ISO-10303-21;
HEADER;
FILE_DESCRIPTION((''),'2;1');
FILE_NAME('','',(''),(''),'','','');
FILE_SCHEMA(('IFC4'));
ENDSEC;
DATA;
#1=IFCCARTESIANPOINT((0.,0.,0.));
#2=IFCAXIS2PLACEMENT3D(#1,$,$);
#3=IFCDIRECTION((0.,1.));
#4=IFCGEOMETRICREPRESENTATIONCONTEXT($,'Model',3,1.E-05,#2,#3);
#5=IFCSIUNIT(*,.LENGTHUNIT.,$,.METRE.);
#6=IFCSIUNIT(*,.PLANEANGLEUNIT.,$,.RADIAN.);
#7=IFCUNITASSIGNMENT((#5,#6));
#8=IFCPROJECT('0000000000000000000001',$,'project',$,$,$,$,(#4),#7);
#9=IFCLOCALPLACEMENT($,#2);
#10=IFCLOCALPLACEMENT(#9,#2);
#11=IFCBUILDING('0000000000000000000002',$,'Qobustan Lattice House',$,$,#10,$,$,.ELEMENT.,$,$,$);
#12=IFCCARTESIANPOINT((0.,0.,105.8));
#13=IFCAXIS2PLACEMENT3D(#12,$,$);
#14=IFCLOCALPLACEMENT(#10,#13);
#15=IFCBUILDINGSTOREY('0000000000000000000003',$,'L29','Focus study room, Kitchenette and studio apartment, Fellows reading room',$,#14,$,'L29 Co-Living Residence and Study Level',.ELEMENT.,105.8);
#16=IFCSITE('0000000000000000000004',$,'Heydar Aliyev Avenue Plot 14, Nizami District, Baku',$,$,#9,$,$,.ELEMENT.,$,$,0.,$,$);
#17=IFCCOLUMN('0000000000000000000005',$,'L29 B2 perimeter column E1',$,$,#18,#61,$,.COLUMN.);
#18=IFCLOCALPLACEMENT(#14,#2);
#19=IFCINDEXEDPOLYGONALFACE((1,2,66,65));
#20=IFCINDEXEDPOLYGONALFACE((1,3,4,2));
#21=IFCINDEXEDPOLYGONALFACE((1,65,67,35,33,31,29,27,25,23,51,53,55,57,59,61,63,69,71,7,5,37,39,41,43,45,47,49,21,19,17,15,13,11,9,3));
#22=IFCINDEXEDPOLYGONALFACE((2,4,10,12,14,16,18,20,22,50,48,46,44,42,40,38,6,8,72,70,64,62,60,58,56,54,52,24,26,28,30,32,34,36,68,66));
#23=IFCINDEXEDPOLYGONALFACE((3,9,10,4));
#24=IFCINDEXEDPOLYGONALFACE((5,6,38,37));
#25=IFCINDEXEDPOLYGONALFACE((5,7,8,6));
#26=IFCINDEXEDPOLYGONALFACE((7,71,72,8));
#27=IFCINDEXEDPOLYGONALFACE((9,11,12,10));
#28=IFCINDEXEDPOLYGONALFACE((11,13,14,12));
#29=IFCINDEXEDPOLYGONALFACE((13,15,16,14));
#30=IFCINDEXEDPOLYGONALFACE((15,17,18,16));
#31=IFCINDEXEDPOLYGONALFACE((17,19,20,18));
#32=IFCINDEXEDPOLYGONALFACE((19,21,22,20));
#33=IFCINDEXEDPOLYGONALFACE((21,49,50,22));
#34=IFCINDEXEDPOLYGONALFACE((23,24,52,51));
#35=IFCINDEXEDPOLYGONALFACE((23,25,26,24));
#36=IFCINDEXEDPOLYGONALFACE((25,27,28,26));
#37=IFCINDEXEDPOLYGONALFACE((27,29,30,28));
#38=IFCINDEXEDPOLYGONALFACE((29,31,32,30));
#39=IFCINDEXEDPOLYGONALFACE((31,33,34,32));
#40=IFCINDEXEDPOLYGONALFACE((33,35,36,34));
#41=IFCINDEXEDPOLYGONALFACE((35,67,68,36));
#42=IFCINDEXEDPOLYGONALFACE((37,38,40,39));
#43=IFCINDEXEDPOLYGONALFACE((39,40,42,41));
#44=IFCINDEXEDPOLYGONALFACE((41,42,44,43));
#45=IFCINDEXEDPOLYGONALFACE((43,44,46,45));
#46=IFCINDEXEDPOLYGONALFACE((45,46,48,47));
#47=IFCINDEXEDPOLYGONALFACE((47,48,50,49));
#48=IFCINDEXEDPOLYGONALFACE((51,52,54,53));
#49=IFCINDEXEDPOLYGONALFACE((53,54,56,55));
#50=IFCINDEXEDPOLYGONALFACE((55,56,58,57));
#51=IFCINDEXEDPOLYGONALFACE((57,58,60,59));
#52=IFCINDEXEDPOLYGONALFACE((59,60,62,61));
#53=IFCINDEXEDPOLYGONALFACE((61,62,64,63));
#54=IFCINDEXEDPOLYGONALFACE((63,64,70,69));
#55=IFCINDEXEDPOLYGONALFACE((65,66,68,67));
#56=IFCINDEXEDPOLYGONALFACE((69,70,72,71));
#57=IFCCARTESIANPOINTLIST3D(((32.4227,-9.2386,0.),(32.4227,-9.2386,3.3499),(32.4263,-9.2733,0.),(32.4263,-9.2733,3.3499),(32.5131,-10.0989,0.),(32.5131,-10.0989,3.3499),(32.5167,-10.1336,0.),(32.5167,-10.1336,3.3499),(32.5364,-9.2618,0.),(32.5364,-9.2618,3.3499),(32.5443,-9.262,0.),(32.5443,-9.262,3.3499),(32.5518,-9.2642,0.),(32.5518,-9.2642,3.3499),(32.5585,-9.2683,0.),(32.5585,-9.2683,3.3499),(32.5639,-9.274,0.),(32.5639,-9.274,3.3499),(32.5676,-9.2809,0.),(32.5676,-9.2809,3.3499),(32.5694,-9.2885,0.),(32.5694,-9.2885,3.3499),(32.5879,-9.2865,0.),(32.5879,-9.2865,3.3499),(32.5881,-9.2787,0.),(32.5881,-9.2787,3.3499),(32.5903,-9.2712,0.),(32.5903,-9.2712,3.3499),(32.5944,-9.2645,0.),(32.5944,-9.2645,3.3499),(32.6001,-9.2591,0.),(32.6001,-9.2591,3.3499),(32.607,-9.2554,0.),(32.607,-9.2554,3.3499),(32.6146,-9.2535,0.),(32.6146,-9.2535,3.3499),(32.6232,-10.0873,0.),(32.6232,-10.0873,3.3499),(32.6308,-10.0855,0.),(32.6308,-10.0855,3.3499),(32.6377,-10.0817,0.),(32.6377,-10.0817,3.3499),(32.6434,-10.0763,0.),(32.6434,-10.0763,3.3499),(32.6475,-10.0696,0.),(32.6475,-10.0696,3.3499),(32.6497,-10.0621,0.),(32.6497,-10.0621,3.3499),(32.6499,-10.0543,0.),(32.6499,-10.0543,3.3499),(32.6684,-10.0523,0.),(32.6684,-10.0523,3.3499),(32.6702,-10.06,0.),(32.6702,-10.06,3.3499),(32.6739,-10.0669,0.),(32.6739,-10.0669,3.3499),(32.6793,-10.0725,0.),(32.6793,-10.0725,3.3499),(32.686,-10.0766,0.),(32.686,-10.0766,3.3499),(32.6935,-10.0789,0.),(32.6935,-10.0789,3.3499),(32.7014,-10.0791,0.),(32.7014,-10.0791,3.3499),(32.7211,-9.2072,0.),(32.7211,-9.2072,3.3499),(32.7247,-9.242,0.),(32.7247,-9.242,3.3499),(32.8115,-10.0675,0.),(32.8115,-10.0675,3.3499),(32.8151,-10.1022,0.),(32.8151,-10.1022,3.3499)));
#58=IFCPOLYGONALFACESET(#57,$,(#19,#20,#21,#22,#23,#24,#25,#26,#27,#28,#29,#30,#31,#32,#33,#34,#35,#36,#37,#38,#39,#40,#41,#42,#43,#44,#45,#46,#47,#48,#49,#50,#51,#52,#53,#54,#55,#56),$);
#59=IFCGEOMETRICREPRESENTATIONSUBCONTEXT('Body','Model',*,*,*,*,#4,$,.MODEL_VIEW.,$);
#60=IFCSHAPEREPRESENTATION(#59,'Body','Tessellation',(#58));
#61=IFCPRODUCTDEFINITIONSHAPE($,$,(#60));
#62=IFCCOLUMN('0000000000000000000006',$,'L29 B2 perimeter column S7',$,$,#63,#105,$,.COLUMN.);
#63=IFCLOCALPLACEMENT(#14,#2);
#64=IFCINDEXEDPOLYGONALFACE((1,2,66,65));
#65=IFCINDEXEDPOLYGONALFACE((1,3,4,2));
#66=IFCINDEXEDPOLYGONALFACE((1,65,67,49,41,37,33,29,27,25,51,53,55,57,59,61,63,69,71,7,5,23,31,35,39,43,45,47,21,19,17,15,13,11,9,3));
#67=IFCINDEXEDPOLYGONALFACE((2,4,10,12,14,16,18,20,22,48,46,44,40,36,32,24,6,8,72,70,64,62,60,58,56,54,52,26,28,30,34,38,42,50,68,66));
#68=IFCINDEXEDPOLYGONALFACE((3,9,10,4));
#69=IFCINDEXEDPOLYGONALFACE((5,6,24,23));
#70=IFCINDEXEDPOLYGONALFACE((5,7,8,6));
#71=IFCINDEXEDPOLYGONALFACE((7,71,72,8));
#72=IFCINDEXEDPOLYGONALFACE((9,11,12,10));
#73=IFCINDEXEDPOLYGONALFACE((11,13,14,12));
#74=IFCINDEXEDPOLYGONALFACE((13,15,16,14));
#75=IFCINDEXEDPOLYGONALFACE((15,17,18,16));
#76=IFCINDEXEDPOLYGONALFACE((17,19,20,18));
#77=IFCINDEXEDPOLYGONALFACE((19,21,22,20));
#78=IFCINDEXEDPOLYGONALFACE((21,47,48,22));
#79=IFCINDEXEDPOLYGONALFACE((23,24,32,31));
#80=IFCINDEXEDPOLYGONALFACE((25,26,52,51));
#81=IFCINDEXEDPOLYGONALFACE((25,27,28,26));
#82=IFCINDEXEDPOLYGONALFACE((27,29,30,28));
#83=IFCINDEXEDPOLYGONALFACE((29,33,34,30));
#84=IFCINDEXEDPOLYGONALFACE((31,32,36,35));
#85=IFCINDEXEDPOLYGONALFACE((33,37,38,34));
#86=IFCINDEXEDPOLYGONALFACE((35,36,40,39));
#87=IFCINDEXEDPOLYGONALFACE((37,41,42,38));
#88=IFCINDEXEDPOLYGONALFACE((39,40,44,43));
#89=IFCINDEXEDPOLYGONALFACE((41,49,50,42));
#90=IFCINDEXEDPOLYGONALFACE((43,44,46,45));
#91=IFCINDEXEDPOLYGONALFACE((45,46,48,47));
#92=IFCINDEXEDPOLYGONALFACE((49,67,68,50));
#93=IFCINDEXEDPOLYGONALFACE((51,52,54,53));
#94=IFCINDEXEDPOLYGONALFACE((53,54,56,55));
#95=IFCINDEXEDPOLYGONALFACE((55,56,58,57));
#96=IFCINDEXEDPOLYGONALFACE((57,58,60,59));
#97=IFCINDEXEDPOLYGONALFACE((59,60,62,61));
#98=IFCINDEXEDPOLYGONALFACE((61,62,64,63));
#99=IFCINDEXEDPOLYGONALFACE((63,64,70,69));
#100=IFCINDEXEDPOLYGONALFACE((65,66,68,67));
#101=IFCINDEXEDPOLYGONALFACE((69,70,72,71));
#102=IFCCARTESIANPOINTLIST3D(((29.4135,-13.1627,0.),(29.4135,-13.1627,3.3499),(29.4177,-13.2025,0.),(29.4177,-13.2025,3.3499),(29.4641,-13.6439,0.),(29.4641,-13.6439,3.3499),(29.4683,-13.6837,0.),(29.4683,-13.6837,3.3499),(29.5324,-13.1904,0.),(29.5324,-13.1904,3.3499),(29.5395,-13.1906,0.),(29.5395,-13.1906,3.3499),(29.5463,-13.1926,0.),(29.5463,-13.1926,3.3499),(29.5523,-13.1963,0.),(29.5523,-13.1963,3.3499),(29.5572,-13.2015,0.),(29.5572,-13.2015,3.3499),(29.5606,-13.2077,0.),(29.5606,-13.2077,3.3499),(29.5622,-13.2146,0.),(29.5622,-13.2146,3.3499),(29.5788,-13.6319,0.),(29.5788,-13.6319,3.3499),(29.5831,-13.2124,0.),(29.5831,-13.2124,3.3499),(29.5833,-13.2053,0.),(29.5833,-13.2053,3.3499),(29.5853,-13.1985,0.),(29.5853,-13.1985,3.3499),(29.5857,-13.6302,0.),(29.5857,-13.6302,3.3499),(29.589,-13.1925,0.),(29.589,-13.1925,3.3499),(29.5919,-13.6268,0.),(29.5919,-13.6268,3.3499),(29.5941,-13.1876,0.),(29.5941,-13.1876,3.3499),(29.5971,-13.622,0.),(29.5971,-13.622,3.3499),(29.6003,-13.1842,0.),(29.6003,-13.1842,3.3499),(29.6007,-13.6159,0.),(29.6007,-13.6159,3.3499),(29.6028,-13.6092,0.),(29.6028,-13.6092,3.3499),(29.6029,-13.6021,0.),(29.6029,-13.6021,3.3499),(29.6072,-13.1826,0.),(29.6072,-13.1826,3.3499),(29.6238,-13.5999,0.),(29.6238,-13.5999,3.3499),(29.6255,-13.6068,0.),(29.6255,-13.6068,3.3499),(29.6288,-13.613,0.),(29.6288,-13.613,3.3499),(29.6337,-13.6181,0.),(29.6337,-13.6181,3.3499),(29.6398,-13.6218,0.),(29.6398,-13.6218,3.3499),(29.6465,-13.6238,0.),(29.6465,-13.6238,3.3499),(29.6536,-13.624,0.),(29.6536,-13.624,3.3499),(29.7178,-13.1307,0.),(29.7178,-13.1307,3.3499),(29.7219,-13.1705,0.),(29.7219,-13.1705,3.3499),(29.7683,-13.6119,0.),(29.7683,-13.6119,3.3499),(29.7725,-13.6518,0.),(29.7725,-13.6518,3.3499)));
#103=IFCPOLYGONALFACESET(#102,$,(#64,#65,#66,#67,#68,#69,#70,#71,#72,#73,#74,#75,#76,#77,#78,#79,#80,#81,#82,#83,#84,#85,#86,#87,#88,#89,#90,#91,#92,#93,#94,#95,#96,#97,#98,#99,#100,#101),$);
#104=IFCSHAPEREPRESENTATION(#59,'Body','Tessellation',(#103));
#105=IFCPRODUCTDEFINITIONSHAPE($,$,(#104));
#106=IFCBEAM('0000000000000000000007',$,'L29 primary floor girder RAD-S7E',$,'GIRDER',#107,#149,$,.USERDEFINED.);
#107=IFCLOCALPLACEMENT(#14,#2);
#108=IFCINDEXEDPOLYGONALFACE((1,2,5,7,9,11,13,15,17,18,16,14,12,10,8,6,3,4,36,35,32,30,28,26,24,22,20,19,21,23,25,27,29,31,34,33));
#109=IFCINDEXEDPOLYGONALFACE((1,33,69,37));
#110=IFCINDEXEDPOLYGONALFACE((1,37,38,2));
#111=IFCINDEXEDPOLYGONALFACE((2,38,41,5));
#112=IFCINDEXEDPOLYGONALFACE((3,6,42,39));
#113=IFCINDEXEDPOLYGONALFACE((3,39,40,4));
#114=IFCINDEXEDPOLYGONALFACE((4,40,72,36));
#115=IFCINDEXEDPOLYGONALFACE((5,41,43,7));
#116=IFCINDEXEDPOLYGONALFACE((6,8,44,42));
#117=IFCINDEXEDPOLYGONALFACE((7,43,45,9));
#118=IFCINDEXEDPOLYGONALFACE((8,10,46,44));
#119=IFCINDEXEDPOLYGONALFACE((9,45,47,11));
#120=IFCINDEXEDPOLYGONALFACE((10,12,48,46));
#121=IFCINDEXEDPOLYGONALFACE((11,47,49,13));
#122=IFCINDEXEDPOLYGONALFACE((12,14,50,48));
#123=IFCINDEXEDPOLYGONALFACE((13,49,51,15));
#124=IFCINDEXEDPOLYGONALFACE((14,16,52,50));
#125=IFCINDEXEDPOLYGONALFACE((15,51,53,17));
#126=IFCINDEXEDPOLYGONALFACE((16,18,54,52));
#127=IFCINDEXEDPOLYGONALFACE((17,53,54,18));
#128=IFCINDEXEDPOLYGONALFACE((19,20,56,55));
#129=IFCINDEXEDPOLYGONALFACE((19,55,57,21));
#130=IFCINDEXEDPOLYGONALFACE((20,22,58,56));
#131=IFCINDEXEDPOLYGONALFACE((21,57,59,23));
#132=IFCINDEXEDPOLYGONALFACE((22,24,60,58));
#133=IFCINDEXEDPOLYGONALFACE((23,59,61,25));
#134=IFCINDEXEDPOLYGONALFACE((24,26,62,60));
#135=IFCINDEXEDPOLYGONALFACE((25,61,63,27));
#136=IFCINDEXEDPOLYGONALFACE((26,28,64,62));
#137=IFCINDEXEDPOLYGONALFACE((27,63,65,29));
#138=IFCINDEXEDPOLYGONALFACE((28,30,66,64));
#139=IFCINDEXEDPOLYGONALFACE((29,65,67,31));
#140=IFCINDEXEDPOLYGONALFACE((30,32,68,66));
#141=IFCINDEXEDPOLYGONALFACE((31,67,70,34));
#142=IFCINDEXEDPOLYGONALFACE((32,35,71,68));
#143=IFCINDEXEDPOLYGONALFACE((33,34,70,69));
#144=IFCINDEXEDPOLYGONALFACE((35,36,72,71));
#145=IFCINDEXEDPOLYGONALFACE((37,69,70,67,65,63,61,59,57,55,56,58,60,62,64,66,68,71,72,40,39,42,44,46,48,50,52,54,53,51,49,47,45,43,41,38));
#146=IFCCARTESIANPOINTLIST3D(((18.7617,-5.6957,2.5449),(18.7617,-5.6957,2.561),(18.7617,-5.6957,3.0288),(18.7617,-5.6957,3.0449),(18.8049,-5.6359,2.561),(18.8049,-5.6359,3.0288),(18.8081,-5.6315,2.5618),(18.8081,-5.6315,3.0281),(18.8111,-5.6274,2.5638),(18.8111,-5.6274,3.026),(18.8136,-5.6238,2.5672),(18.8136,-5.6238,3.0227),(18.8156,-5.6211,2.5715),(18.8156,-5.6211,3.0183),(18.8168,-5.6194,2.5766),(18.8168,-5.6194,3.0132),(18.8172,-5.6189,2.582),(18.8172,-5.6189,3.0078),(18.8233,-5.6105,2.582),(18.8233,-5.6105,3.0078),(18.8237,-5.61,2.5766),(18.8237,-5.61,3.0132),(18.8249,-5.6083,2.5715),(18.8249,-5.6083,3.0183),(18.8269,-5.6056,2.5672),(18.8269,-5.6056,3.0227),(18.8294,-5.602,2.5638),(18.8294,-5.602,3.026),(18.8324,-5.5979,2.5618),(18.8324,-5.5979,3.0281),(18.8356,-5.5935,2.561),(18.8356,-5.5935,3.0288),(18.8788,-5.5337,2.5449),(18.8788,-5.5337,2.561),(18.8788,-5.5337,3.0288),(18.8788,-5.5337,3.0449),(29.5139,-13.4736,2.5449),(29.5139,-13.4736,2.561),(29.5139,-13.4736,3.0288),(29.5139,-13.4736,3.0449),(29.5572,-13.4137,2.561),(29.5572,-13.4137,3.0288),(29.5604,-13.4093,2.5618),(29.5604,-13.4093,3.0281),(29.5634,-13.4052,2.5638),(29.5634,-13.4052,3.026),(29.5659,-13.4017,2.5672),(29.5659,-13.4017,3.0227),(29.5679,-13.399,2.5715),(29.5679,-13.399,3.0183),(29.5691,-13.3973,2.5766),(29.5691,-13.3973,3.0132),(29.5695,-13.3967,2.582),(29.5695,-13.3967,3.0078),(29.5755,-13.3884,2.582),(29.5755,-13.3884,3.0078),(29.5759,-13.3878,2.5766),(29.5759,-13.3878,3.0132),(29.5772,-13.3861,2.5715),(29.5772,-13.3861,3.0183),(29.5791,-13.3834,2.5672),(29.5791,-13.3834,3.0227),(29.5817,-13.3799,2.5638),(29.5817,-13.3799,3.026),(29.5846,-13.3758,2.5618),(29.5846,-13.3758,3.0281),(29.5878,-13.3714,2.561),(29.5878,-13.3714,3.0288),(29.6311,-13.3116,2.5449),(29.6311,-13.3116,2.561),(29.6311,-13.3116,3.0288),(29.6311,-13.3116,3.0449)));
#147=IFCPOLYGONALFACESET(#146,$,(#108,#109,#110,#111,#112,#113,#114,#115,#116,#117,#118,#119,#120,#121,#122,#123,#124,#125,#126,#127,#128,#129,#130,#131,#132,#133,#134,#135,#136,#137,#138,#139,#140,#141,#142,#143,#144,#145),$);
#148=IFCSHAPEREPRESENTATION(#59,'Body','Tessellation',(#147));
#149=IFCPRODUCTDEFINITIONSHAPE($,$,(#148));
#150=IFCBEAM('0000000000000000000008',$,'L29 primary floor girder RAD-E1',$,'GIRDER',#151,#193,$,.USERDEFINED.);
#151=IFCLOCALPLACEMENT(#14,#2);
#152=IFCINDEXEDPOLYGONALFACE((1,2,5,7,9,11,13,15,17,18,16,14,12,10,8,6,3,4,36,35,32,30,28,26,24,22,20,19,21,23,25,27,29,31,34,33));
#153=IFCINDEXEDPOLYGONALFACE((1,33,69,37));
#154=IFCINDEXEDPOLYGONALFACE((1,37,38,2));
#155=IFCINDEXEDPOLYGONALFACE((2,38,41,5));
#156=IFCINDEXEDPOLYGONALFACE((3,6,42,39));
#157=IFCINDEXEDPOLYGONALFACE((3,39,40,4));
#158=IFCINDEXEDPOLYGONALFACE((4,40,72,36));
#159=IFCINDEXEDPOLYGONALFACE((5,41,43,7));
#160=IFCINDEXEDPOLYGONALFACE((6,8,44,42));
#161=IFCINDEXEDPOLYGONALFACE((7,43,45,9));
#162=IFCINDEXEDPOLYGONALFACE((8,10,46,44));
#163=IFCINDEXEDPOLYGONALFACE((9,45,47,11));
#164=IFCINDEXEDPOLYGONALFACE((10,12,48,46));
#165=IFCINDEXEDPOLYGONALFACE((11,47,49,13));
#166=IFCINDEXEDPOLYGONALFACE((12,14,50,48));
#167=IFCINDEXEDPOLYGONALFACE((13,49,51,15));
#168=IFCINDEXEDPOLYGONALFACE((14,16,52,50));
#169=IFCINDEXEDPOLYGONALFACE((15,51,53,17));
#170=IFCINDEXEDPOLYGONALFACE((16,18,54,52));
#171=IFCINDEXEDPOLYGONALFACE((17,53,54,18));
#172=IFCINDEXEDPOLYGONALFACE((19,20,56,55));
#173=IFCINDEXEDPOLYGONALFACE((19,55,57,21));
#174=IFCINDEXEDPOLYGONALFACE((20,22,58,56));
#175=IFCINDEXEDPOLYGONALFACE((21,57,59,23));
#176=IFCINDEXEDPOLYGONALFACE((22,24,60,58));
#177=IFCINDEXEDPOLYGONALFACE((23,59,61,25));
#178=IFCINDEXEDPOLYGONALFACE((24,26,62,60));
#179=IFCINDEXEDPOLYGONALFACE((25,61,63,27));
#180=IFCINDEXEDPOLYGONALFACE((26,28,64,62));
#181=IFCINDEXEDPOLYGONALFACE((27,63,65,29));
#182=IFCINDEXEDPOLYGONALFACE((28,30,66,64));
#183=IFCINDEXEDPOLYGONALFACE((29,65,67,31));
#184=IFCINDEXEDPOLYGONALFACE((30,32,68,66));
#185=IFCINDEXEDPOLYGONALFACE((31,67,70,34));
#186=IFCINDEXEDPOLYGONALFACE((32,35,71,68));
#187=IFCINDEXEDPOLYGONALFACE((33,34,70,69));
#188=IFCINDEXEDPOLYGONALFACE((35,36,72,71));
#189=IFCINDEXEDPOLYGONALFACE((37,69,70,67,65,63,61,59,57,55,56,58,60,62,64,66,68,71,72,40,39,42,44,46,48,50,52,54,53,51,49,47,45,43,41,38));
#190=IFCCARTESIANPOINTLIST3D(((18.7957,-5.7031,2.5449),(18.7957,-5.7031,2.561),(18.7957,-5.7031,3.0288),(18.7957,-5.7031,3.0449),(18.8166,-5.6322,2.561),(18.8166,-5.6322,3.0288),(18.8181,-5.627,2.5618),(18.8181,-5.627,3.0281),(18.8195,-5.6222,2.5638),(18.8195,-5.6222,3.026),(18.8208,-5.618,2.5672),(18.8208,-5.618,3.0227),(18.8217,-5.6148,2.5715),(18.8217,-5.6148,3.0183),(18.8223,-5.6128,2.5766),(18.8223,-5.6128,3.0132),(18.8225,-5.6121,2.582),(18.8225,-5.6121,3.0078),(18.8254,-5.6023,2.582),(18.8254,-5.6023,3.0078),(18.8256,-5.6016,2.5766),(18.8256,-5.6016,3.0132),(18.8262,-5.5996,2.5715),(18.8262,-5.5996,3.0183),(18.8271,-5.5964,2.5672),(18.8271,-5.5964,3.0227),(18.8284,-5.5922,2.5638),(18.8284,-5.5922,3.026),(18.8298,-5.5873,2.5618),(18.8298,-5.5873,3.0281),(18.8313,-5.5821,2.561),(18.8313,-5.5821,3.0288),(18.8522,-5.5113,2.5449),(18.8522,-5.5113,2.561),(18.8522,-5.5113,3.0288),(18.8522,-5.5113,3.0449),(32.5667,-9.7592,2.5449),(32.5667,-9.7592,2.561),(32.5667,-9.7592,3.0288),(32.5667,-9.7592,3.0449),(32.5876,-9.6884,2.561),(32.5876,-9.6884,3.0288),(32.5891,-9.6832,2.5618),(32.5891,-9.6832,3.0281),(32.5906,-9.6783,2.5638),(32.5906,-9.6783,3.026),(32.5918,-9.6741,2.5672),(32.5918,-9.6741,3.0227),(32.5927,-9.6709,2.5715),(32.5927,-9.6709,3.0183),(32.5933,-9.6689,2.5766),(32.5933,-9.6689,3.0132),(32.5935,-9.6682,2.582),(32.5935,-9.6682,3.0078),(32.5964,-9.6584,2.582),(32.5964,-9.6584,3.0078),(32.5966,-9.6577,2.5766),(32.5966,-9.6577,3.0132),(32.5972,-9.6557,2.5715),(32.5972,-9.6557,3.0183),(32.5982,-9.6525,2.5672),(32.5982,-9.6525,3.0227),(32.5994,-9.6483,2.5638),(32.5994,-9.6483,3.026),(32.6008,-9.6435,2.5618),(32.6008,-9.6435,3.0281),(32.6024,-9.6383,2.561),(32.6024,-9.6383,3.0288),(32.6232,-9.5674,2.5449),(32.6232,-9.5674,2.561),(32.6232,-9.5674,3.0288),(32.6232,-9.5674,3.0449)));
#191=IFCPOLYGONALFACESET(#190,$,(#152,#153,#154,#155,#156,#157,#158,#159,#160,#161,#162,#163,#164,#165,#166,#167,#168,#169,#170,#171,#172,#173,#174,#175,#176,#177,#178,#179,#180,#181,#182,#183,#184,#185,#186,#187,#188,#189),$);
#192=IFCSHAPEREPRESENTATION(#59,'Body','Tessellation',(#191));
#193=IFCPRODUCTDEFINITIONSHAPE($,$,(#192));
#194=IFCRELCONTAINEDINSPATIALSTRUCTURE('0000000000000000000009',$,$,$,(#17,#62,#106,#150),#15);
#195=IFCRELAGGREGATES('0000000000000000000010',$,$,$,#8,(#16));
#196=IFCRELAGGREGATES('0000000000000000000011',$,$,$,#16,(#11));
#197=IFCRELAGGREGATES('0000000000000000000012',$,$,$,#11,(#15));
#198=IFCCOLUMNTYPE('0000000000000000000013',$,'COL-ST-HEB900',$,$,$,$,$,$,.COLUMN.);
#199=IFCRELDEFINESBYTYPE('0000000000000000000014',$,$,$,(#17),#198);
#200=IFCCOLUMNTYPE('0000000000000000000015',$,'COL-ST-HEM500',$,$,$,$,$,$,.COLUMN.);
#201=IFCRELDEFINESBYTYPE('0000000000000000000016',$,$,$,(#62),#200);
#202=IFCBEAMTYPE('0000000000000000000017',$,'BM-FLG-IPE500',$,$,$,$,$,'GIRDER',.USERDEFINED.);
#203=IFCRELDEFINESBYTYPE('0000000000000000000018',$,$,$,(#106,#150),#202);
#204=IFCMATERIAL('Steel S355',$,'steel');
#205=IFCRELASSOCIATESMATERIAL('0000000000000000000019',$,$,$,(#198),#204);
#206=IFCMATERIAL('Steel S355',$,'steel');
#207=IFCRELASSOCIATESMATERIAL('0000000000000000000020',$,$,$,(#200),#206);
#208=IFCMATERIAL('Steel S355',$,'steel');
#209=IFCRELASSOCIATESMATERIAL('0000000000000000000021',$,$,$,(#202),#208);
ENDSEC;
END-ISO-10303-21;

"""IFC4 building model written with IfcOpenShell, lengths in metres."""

from ifc_helpers import new_model, si_unit, direction, frame, origin, origin_2d, place, context, subcontext, project, spatial, i_section, extrude, material, material_profile, profile_set, type_object, element, save


model = new_model("IFC4")

# Units and contexts
model_context = context("Model", 3, precision=1e-05, world=origin(), true_north=direction((0.0, 1.0)))
body_context = subcontext(model_context, "Body", "Model", "MODEL_VIEW")
ifc_project = project(units=[si_unit("LENGTHUNIT", "METRE"), si_unit("PLANEANGLEUNIT", "RADIAN")], contexts=[model_context])

# Site, building, storey
site_placement = place(None, origin())
site = spatial("IfcSite", under=ifc_project, at=site_placement, Name="Heydar Aliyev Avenue Plot 14, Nizami District, Baku", CompositionType="ELEMENT", RefElevation=0.0)
building_placement = place(site_placement, origin())
building = spatial("IfcBuilding", under=site, at=building_placement, Name="Qobustan Lattice House", CompositionType="ELEMENT")
storey_placement = place(building_placement, frame((0.0, 0.0, 105.8)))
storey = spatial("IfcBuildingStorey", under=building, at=storey_placement, Name="L29", Description="Focus study room, Kitchenette and studio apartment, Fellows reading room", LongName="L29 Co-Living Residence and Study Level", CompositionType="ELEMENT", Elevation=105.8)

# Columns
ifc_material_1 = material(Name="Steel S355", Category="steel")
ifc_material_profile_1 = material_profile(ifc_material_1, i_section(OverallWidth=0.3, OverallDepth=0.8999, WebThickness=0.0186, FlangeThickness=0.0349, FilletRadius=0.03, at=origin_2d()), Name="HEB900")
ifc_profile_set_1 = profile_set([ifc_material_profile_1], Name="Steel S355")
column_type_1 = type_object("IfcColumnType", Name="COL-ST-HEB900", PredefinedType="COLUMN", material=ifc_profile_set_1)
column_1_placement = place(storey_placement, frame((32.6189, -9.6704, 0.0), z_axis=(0.0, 0.0, 1.0), x_axis=(0.994522, 0.104528, 0.0)))
element("IfcColumn", 1, at=column_1_placement, inside=storey, type_object=column_type_1, Name="L29 B2 perimeter column E1", PredefinedType="COLUMN", context=body_context, shape_type="SweptSolid", body=[
    extrude(i_section(OverallWidth=0.3, OverallDepth=0.8999, WebThickness=0.0186, FlangeThickness=0.0349, FilletRadius=0.03, at=origin_2d()), origin(), (0.0, 0.0, 1.0), 3.3499),
])
ifc_material_2 = material(Name="Steel S355", Category="steel")
ifc_material_profile_2 = material_profile(ifc_material_2, i_section(OverallWidth=0.3059, OverallDepth=0.5239, WebThickness=0.021, FlangeThickness=0.04, FilletRadius=0.0271, at=origin_2d()), Name="HEM500")
ifc_profile_set_2 = profile_set([ifc_material_profile_2], Name="Steel S355")
column_type_2 = type_object("IfcColumnType", Name="COL-ST-HEM500", PredefinedType="COLUMN", material=ifc_profile_set_2)
column_2_placement = place(storey_placement, frame((29.593, -13.4072, 0.0), z_axis=(0.0, 0.0, 1.0), x_axis=(0.994522, 0.104528, 0.0)))
element("IfcColumn", 2, at=column_2_placement, inside=storey, type_object=column_type_2, Name="L29 B2 perimeter column S7", PredefinedType="COLUMN", context=body_context, shape_type="SweptSolid", body=[
    extrude(i_section(OverallWidth=0.3059, OverallDepth=0.5239, WebThickness=0.021, FlangeThickness=0.04, FilletRadius=0.0271, at=origin_2d()), origin(), (0.0, 0.0, 1.0), 3.3499),
])

# Beams
ifc_material_3 = material(Name="Steel S355", Category="steel")
ifc_material_profile_3 = material_profile(ifc_material_3, i_section(OverallWidth=0.2, OverallDepth=0.5, WebThickness=0.0103, FlangeThickness=0.0161, FilletRadius=0.021, at=origin_2d()), Name="IPE500")
ifc_profile_set_3 = profile_set([ifc_material_profile_3], Name="Steel S355")
beam_type_1 = type_object("IfcBeamType", Name="BM-FLG-IPE500", ElementType="GIRDER", PredefinedType="USERDEFINED", material=ifc_profile_set_3)
beam_1_placement = place(storey_placement, frame((29.5725, -13.3926, 2.7949), z_axis=(-0.810237, 0.586102, 0.0), x_axis=(-0.586102, -0.810237, 0.0)))
element("IfcBeam", 3, at=beam_1_placement, inside=storey, type_object=beam_type_1, Name="L29 primary floor girder RAD-S7E", ObjectType="GIRDER", PredefinedType="USERDEFINED", context=body_context, shape_type="SweptSolid", body=[
    extrude(i_section(OverallWidth=0.2, OverallDepth=0.5, WebThickness=0.0103, FlangeThickness=0.0161, FilletRadius=0.021, at=origin_2d()), origin(), (0.0, 0.0, 1.0), 13.2705),
])
beam_2_placement = place(storey_placement, frame((32.595, -9.6633, 2.7949), z_axis=(-0.959255, 0.282542, 0.0), x_axis=(-0.282542, -0.959255, 0.0)))
element("IfcBeam", 4, at=beam_2_placement, inside=storey, type_object=beam_type_1, Name="L29 primary floor girder RAD-E1", ObjectType="GIRDER", PredefinedType="USERDEFINED", context=body_context, shape_type="SweptSolid", body=[
    extrude(i_section(OverallWidth=0.2, OverallDepth=0.5, WebThickness=0.0103, FlangeThickness=0.0161, FilletRadius=0.021, at=origin_2d()), origin(), (0.0, 0.0, 1.0), 14.356),
])

save(model, "model.ifc")
